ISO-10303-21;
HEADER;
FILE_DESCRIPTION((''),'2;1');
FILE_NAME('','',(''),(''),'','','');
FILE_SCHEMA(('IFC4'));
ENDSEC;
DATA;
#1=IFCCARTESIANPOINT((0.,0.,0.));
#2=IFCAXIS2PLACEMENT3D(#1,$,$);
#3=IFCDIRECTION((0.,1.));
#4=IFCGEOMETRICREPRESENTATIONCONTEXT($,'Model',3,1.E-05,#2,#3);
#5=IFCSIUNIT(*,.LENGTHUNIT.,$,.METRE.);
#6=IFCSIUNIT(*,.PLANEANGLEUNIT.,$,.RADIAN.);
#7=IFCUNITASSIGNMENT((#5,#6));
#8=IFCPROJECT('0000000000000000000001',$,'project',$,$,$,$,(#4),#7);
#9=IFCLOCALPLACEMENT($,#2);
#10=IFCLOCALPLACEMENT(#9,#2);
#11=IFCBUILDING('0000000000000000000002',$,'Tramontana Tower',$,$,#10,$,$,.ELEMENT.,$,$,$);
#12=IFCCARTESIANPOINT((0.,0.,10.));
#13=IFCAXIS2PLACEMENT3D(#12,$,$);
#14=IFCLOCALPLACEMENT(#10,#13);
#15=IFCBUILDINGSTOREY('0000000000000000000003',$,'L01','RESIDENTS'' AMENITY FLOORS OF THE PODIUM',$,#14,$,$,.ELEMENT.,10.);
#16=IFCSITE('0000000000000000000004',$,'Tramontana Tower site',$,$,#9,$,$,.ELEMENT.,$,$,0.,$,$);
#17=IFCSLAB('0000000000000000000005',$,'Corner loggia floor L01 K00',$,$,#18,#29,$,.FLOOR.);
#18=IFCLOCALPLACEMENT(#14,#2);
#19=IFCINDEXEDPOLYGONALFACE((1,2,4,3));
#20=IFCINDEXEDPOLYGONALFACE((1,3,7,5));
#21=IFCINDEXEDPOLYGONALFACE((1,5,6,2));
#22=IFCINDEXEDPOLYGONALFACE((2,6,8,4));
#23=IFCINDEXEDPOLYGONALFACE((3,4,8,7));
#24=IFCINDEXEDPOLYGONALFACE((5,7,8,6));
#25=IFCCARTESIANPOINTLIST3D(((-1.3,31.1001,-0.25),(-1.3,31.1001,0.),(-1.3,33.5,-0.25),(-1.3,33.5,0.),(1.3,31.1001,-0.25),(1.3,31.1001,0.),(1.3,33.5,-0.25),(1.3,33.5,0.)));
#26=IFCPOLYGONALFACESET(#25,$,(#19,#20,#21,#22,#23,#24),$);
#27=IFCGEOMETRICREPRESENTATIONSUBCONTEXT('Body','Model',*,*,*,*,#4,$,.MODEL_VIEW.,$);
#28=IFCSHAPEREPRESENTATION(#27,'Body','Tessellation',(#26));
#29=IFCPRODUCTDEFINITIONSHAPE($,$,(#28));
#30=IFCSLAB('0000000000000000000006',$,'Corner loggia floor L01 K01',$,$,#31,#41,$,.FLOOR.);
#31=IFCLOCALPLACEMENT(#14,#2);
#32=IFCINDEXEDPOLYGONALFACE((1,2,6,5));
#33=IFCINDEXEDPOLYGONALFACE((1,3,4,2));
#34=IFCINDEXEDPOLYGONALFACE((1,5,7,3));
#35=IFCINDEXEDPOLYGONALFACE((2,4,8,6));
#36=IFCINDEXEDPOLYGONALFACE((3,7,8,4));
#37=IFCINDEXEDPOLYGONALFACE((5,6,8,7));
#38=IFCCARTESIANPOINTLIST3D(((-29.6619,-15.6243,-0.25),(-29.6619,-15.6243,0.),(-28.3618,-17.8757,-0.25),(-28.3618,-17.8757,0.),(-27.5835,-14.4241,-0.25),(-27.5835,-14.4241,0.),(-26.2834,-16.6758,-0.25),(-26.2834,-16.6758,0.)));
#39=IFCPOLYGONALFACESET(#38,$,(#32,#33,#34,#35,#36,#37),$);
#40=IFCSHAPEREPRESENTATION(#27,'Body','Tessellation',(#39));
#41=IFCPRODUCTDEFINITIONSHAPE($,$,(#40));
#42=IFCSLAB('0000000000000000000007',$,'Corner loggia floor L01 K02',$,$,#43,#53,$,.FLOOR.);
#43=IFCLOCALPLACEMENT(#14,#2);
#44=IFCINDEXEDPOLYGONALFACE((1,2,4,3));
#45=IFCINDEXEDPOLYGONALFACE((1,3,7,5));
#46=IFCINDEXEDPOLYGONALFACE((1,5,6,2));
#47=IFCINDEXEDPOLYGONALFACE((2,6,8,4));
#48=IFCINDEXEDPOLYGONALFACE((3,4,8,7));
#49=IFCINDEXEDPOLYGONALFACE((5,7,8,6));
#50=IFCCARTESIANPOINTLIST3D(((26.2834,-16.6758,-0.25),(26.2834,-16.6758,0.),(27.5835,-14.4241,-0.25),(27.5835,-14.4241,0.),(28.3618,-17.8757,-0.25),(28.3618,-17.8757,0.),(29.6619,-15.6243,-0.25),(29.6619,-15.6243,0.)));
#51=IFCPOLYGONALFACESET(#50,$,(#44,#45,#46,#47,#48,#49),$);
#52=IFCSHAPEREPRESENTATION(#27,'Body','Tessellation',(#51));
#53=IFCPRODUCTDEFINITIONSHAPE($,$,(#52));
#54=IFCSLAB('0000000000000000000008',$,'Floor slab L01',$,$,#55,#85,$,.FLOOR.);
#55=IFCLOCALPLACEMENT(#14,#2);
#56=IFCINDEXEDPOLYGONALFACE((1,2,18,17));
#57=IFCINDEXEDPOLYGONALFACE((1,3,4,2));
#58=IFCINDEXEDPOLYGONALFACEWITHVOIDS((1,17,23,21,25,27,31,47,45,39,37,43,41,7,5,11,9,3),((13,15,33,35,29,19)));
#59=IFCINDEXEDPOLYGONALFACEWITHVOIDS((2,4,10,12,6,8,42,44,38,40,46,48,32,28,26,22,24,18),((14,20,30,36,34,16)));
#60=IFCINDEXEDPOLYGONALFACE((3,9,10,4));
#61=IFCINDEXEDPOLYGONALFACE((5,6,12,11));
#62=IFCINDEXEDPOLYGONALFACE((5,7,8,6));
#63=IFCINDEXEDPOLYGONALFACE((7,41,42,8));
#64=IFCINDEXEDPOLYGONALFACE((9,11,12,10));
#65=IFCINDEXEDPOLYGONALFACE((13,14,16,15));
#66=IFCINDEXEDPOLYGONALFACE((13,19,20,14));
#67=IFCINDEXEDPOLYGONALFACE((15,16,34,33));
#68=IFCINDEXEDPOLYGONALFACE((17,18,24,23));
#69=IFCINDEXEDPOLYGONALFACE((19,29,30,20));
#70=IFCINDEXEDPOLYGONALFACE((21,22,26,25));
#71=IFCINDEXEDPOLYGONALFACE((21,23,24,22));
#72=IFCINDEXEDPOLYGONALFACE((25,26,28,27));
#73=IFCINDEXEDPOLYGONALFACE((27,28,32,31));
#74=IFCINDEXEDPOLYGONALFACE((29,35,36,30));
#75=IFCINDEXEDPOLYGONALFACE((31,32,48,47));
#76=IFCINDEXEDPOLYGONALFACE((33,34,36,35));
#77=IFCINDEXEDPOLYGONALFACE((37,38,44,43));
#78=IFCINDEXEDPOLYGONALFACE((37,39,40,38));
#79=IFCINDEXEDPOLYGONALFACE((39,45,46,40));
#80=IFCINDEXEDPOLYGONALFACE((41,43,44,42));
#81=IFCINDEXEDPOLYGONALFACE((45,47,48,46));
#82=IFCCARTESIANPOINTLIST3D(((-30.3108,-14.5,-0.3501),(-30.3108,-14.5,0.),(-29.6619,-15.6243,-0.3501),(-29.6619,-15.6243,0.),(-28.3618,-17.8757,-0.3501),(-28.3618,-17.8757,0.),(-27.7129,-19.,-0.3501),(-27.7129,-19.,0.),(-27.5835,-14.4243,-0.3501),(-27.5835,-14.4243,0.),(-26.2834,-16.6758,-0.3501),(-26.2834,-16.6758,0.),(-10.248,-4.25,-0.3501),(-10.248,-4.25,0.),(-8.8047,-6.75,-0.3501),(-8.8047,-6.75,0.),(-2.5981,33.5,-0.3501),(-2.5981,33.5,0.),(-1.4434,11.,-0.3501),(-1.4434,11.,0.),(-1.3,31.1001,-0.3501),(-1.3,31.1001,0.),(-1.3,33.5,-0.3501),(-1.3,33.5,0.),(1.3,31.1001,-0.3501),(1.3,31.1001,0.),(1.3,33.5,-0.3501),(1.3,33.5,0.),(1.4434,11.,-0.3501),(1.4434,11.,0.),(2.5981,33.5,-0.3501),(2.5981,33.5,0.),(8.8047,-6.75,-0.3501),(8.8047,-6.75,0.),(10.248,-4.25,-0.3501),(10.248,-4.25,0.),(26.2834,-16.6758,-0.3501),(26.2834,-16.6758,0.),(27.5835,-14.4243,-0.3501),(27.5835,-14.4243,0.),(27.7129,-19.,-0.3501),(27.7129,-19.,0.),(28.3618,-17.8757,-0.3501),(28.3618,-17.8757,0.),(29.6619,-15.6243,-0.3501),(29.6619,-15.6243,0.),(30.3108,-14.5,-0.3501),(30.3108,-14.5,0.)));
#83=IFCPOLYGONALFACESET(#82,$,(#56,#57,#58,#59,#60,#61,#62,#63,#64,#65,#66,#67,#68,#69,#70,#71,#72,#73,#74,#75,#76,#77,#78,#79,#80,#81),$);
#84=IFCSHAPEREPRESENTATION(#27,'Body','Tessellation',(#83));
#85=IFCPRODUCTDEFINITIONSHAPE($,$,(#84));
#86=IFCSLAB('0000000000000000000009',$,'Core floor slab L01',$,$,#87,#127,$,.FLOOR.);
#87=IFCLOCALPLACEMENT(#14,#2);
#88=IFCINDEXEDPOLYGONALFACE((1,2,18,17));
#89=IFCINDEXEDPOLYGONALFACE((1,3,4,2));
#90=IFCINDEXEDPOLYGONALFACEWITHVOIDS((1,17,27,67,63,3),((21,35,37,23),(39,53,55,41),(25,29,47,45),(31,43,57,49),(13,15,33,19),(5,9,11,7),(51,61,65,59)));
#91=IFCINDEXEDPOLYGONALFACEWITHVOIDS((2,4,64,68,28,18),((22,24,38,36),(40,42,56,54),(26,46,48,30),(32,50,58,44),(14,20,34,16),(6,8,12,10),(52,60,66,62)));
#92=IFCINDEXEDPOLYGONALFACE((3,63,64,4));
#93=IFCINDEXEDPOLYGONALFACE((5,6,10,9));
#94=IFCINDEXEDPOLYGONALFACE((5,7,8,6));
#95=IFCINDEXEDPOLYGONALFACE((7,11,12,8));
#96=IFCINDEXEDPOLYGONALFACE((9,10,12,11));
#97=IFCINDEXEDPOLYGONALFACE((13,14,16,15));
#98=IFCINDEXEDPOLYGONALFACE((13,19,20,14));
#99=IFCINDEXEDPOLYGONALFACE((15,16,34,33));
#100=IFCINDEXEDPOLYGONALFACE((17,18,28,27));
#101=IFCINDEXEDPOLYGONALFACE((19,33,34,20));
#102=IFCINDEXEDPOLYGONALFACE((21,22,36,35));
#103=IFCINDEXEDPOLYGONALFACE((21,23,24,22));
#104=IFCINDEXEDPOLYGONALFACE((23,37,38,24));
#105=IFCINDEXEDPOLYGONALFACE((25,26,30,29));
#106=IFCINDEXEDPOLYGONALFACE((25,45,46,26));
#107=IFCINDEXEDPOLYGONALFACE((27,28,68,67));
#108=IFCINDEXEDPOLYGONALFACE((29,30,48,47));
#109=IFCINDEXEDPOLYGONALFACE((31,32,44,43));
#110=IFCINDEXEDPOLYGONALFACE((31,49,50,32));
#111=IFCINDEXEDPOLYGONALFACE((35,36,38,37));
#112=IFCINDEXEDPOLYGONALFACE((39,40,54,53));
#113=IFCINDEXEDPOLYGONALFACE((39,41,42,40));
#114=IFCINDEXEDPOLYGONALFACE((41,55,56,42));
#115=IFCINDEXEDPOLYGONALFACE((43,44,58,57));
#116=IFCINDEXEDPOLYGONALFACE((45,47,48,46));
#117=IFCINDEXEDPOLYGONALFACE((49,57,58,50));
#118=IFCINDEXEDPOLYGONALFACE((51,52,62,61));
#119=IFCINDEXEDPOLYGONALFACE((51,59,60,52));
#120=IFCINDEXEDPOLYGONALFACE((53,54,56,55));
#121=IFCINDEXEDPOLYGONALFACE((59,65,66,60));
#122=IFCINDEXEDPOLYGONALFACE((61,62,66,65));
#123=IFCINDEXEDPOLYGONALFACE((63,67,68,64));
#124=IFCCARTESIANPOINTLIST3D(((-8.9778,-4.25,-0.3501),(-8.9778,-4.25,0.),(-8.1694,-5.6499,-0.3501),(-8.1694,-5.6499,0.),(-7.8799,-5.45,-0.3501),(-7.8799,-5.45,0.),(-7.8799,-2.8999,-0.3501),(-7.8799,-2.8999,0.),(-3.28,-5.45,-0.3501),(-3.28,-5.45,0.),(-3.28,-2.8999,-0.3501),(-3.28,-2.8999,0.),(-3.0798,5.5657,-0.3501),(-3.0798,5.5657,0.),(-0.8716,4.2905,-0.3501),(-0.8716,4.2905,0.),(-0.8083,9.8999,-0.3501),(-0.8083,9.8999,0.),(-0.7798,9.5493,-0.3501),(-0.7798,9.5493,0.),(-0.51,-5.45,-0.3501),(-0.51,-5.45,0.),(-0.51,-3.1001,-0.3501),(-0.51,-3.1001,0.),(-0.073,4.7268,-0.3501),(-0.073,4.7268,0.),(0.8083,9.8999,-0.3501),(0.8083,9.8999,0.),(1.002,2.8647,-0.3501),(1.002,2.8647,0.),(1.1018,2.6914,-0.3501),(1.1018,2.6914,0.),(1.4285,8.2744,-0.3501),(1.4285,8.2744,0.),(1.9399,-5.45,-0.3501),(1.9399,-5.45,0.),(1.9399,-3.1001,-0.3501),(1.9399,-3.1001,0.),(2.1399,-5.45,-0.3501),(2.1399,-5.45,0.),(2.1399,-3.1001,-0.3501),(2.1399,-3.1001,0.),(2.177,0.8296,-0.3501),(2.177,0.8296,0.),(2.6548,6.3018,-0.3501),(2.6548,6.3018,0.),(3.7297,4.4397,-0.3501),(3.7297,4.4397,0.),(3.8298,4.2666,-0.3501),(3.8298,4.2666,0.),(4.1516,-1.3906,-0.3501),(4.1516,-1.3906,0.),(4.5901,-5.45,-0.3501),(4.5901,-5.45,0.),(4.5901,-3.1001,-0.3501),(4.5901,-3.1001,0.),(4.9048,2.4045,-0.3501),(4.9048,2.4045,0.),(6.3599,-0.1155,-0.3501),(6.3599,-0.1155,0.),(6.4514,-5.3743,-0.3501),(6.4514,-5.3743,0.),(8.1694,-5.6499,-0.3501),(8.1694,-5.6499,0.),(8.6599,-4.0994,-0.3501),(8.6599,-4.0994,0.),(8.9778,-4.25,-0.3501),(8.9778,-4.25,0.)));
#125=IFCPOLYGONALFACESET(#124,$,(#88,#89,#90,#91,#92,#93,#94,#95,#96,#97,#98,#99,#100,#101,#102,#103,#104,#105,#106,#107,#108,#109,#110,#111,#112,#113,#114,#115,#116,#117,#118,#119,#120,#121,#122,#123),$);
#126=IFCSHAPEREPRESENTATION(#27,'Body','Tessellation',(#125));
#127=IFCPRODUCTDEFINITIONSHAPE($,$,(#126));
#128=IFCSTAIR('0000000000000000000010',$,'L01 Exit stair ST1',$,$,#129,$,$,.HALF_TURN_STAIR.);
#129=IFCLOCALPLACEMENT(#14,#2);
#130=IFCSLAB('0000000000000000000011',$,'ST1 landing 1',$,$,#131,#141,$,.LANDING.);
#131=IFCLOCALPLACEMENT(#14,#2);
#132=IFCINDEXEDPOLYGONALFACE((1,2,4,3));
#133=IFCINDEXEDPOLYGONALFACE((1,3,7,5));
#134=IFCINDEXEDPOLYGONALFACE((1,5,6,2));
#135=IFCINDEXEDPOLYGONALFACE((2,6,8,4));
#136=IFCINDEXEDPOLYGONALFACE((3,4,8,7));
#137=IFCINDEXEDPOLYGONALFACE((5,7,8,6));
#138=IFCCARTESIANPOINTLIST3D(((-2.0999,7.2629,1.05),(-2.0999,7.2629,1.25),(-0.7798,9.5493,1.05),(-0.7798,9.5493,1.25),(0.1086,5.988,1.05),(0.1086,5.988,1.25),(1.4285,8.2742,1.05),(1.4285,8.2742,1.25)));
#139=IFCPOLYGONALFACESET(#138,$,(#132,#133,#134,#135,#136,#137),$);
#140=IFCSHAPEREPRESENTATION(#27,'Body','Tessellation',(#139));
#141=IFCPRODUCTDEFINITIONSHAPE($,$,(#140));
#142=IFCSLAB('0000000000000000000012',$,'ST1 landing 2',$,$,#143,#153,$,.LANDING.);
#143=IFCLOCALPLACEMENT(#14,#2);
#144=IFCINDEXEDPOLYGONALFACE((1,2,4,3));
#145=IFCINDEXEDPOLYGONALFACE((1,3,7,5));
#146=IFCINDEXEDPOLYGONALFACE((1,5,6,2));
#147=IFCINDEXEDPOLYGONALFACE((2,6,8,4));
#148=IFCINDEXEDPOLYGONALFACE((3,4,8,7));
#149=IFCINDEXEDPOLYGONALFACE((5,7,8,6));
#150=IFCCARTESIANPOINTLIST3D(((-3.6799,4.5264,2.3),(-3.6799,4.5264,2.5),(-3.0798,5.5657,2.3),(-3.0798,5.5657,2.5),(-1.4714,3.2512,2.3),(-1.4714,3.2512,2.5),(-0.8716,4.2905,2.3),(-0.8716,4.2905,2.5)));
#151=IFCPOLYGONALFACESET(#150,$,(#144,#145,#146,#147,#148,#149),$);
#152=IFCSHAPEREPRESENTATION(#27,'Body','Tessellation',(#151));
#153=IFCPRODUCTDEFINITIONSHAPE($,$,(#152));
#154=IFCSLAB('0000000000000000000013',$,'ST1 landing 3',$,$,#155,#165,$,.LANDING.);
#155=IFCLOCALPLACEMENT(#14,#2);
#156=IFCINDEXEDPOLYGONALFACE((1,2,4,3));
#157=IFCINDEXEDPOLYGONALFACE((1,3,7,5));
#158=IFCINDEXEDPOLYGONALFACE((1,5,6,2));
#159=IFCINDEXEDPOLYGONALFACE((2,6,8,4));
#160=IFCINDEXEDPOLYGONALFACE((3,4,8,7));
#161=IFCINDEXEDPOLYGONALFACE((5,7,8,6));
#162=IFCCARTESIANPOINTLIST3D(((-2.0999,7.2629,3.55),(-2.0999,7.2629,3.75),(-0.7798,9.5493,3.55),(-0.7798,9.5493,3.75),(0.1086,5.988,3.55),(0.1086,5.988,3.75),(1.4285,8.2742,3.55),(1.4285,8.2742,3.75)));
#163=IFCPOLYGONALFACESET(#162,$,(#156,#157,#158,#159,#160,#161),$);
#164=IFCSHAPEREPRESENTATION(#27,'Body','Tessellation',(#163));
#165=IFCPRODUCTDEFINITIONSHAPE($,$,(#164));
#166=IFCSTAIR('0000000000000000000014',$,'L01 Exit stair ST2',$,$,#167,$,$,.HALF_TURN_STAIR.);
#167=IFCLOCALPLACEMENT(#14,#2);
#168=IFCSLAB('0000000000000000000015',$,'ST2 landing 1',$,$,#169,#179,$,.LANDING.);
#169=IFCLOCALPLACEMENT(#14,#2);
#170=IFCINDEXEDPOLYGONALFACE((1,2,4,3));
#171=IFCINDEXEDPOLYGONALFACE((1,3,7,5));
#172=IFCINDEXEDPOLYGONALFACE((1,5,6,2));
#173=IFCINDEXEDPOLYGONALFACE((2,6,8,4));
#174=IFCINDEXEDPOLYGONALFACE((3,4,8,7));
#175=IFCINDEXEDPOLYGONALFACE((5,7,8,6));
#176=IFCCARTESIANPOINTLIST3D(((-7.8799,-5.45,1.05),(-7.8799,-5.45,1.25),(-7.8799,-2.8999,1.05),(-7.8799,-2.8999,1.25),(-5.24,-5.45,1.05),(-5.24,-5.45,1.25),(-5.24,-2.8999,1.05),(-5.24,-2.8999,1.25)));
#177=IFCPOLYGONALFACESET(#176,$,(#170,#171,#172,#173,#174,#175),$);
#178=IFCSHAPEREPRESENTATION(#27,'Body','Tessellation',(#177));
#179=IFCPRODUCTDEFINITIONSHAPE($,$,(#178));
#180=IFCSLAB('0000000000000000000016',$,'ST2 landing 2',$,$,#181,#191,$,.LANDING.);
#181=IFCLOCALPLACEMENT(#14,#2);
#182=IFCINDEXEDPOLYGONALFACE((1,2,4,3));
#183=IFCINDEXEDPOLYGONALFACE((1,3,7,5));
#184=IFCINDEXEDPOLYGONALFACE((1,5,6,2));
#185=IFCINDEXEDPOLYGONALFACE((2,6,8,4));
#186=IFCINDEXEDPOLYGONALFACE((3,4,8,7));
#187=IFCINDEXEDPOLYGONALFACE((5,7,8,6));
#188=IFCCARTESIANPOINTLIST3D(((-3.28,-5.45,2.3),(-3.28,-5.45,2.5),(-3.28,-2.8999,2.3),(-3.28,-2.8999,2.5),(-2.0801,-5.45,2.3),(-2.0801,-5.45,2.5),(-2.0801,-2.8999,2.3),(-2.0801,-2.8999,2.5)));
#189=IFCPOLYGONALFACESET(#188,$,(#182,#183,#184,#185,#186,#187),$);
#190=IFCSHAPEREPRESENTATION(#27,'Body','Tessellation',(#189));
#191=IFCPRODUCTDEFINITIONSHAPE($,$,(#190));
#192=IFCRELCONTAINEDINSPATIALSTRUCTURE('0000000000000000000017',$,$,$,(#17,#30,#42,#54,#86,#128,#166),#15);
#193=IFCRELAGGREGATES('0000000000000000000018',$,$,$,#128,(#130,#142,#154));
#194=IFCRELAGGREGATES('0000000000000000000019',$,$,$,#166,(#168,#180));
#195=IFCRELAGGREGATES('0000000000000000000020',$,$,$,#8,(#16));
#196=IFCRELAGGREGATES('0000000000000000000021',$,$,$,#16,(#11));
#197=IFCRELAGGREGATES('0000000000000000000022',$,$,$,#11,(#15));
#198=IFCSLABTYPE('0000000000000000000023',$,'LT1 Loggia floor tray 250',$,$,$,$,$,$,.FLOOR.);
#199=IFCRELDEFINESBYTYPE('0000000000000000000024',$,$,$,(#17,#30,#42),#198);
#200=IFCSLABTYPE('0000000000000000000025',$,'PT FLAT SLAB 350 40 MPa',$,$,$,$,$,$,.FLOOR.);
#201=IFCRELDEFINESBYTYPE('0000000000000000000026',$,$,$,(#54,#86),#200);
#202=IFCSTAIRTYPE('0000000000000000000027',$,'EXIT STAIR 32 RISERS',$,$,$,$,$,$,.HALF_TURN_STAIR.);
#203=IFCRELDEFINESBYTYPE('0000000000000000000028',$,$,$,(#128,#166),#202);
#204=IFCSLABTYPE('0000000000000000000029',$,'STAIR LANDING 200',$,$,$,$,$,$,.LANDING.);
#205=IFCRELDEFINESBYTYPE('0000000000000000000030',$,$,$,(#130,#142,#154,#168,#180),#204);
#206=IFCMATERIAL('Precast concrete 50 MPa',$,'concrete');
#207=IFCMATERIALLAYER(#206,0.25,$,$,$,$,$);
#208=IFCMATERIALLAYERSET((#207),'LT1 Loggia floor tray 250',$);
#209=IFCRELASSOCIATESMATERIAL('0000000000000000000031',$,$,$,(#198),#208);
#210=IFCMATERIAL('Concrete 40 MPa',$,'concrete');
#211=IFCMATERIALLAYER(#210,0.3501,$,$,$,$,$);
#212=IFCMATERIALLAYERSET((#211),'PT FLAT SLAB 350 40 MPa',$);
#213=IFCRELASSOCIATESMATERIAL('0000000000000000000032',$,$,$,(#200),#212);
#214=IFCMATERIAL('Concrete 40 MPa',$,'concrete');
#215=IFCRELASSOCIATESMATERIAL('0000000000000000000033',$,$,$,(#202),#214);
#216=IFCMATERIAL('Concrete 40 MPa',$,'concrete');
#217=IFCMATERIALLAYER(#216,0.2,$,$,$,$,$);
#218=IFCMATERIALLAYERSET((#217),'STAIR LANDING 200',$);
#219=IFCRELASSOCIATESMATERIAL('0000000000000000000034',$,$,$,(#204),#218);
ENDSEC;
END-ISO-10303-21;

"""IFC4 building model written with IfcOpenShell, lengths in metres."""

from ifc_helpers import new_model, si_unit, direction, frame, origin, place, context, subcontext, project, spatial, polyline, outline, extrude, material, layer, layer_set, type_object, element, aggregate, save


model = new_model("IFC4")

# Units and contexts
model_context = context("Model", 3, precision=1e-05, world=origin(), true_north=direction((0.0, 1.0)))
body_context = subcontext(model_context, "Body", "Model", "MODEL_VIEW")
ifc_project = project(units=[si_unit("LENGTHUNIT", "METRE"), si_unit("PLANEANGLEUNIT", "RADIAN")], contexts=[model_context])

# Site, building, storey
site_placement = place(None, origin())
site = spatial("IfcSite", under=ifc_project, at=site_placement, Name="Tramontana Tower site", CompositionType="ELEMENT", RefElevation=0.0)
building_placement = place(site_placement, origin())
building = spatial("IfcBuilding", under=site, at=building_placement, Name="Tramontana Tower", CompositionType="ELEMENT")
storey_placement = place(building_placement, frame((0.0, 0.0, 10.0)))
storey = spatial("IfcBuildingStorey", under=building, at=storey_placement, Name="L01", Description="RESIDENTS' AMENITY FLOORS OF THE PODIUM", CompositionType="ELEMENT", Elevation=10.0)

# Slabs
ifc_material_1 = material(Name="Precast concrete 50 MPa", Category="concrete")
ifc_layer_1 = layer(ifc_material_1, 0.25)
ifc_layer_set_1 = layer_set([ifc_layer_1], Name="LT1 Loggia floor tray 250")
slab_type_1 = type_object("IfcSlabType", Name="LT1 Loggia floor tray 250", PredefinedType="FLOOR", material=ifc_layer_set_1)
slab_1_placement = place(storey_placement, frame((0.0, 0.0, -0.25)))
element("IfcSlab", 1, at=slab_1_placement, inside=storey, type_object=slab_type_1, Name="Corner loggia floor L01 K00", PredefinedType="FLOOR", context=body_context, shape_type="SweptSolid", body=[
    extrude(outline(polyline([(1.3, 33.5), (1.3, 31.1001), (-1.3, 31.1001), (-1.3, 33.5), (1.3, 33.5)])), origin(), (0.0, 0.0, 1.0), 0.25),
])
slab_2_placement = place(storey_placement, frame((0.0, 0.0, -0.25)))
element("IfcSlab", 2, at=slab_2_placement, inside=storey, type_object=slab_type_1, Name="Corner loggia floor L01 K01", PredefinedType="FLOOR", context=body_context, shape_type="SweptSolid", body=[
    extrude(outline(polyline([(-29.6619, -15.6243), (-27.5835, -14.4241), (-26.2834, -16.6758), (-28.3618, -17.8757), (-29.6619, -15.6243)])), origin(), (0.0, 0.0, 1.0), 0.25),
])
slab_3_placement = place(storey_placement, frame((0.0, 0.0, -0.25)))
element("IfcSlab", 3, at=slab_3_placement, inside=storey, type_object=slab_type_1, Name="Corner loggia floor L01 K02", PredefinedType="FLOOR", context=body_context, shape_type="SweptSolid", body=[
    extrude(outline(polyline([(28.3618, -17.8757), (26.2834, -16.6758), (27.5835, -14.4241), (29.6619, -15.6243), (28.3618, -17.8757)])), origin(), (0.0, 0.0, 1.0), 0.25),
])
ifc_material_2 = material(Name="Concrete 40 MPa", Category="concrete")
ifc_layer_2 = layer(ifc_material_2, 0.3501)
ifc_layer_set_2 = layer_set([ifc_layer_2], Name="PT FLAT SLAB 350 40 MPa")
slab_type_2 = type_object("IfcSlabType", Name="PT FLAT SLAB 350 40 MPa", PredefinedType="FLOOR", material=ifc_layer_set_2)
slab_4_placement = place(storey_placement, frame((0.0, 0.0, -0.3501)))
element("IfcSlab", 4, at=slab_4_placement, inside=storey, type_object=slab_type_2, Name="Floor slab L01", PredefinedType="FLOOR", context=body_context, shape_type="SweptSolid", body=[
    extrude(outline(polyline([(29.6619, -15.6243), (27.5835, -14.4243), (26.2834, -16.6758), (28.3618, -17.8757), (27.7129, -19.0), (-27.7129, -19.0), (-28.3618, -17.8757), (-26.2834, -16.6758), (-27.5835, -14.4243), (-29.6619, -15.6243), (-30.3108, -14.5), (-2.5981, 33.5), (-1.3, 33.5), (-1.3, 31.1001), (1.3, 31.1001), (1.3, 33.5), (2.5981, 33.5), (30.3108, -14.5), (29.6619, -15.6243)]), holes=[polyline([(-10.248, -4.25), (-8.8047, -6.75), (8.8047, -6.75), (10.248, -4.25), (1.4434, 11.0), (-1.4434, 11.0), (-10.248, -4.25)])]), origin(), (0.0, 0.0, 1.0), 0.3501),
])
slab_5_placement = place(storey_placement, frame((0.0, 0.0, -0.3501)))
element("IfcSlab", 5, at=slab_5_placement, inside=storey, type_object=slab_type_2, Name="Core floor slab L01", PredefinedType="FLOOR", context=body_context, shape_type="SweptSolid", body=[
    extrude(outline(polyline([(8.9778, -4.25), (8.1694, -5.6499), (-8.1694, -5.6499), (-8.9778, -4.25), (-0.8083, 9.8999), (0.8083, 9.8999), (8.9778, -4.25)]), holes=[polyline([(8.6599, -4.0994), (6.3599, -0.1155), (4.1516, -1.3906), (6.4514, -5.3743), (8.6599, -4.0994)]), polyline([(3.8298, 4.2666), (1.1018, 2.6914), (2.177, 0.8296), (4.9048, 2.4045), (3.8298, 4.2666)]), polyline([(4.5901, -3.1001), (2.1399, -3.1001), (2.1399, -5.45), (4.5901, -5.45), (4.5901, -3.1001)]), polyline([(2.6548, 6.3018), (-0.073, 4.7268), (1.002, 2.8647), (3.7297, 4.4397), (2.6548, 6.3018)]), polyline([(1.9399, -5.45), (1.9399, -3.1001), (-0.51, -3.1001), (-0.51, -5.45), (1.9399, -5.45)]), polyline([(-0.7798, 9.5493), (-3.0798, 5.5657), (-0.8716, 4.2905), (1.4285, 8.2744), (-0.7798, 9.5493)]), polyline([(-7.8799, -5.45), (-3.28, -5.45), (-3.28, -2.8999), (-7.8799, -2.8999), (-7.8799, -5.45)])]), origin(), (0.0, 0.0, 1.0), 0.3501),
])

# Stairs, slabs
ifc_material_3 = material(Name="Concrete 40 MPa", Category="concrete")
stair_type = type_object("IfcStairType", Name="EXIT STAIR 32 RISERS", PredefinedType="HALF_TURN_STAIR", material=ifc_material_3)
stair_1_placement = place(storey_placement, origin())
stair_1 = element("IfcStair", 6, at=stair_1_placement, inside=storey, type_object=stair_type, Name="L01 Exit stair ST1", PredefinedType="HALF_TURN_STAIR")
ifc_material_4 = material(Name="Concrete 40 MPa", Category="concrete")
ifc_layer_3 = layer(ifc_material_4, 0.2)
ifc_layer_set_3 = layer_set([ifc_layer_3], Name="STAIR LANDING 200")
slab_type_3 = type_object("IfcSlabType", Name="STAIR LANDING 200", PredefinedType="LANDING", material=ifc_layer_set_3)
slab_6_placement = place(storey_placement, frame((0.0, 0.0, 1.05)))
slab_6 = element("IfcSlab", 7, at=slab_6_placement, type_object=slab_type_3, Name="ST1 landing 1", PredefinedType="LANDING", context=body_context, shape_type="SweptSolid", body=[
    extrude(outline(polyline([(0.1086, 5.988), (1.4285, 8.2742), (-0.7798, 9.5493), (-2.0999, 7.2629), (0.1086, 5.988)])), origin(), (0.0, 0.0, 1.0), 0.2),
])
slab_7_placement = place(storey_placement, frame((0.0, 0.0, 2.3)))
slab_7 = element("IfcSlab", 8, at=slab_7_placement, type_object=slab_type_3, Name="ST1 landing 2", PredefinedType="LANDING", context=body_context, shape_type="SweptSolid", body=[
    extrude(outline(polyline([(-1.4714, 3.2512), (-0.8716, 4.2905), (-3.0798, 5.5657), (-3.6799, 4.5264), (-1.4714, 3.2512)])), origin(), (0.0, 0.0, 1.0), 0.2),
])
slab_8_placement = place(storey_placement, frame((0.0, 0.0, 3.55)))
slab_8 = element("IfcSlab", 9, at=slab_8_placement, type_object=slab_type_3, Name="ST1 landing 3", PredefinedType="LANDING", context=body_context, shape_type="SweptSolid", body=[
    extrude(outline(polyline([(0.1086, 5.988), (1.4285, 8.2742), (-0.7798, 9.5493), (-2.0999, 7.2629), (0.1086, 5.988)])), origin(), (0.0, 0.0, 1.0), 0.2),
])
aggregate(stair_1, [slab_6, slab_7, slab_8])
stair_2_placement = place(storey_placement, origin())
stair_2 = element("IfcStair", 10, at=stair_2_placement, inside=storey, type_object=stair_type, Name="L01 Exit stair ST2", PredefinedType="HALF_TURN_STAIR")
slab_9_placement = place(storey_placement, frame((0.0, 0.0, 1.05)))
slab_9 = element("IfcSlab", 11, at=slab_9_placement, type_object=slab_type_3, Name="ST2 landing 1", PredefinedType="LANDING", context=body_context, shape_type="SweptSolid", body=[
    extrude(outline(polyline([(-5.24, -2.8999), (-7.8799, -2.8999), (-7.8799, -5.45), (-5.24, -5.45), (-5.24, -2.8999)])), origin(), (0.0, 0.0, 1.0), 0.2),
])
slab_10_placement = place(storey_placement, frame((0.0, 0.0, 2.3)))
slab_10 = element("IfcSlab", 12, at=slab_10_placement, type_object=slab_type_3, Name="ST2 landing 2", PredefinedType="LANDING", context=body_context, shape_type="SweptSolid", body=[
    extrude(outline(polyline([(-2.0801, -2.8999), (-3.28, -2.8999), (-3.28, -5.45), (-2.0801, -5.45), (-2.0801, -2.8999)])), origin(), (0.0, 0.0, 1.0), 0.2),
])
aggregate(stair_2, [slab_9, slab_10])

save(model, "model.ifc")
